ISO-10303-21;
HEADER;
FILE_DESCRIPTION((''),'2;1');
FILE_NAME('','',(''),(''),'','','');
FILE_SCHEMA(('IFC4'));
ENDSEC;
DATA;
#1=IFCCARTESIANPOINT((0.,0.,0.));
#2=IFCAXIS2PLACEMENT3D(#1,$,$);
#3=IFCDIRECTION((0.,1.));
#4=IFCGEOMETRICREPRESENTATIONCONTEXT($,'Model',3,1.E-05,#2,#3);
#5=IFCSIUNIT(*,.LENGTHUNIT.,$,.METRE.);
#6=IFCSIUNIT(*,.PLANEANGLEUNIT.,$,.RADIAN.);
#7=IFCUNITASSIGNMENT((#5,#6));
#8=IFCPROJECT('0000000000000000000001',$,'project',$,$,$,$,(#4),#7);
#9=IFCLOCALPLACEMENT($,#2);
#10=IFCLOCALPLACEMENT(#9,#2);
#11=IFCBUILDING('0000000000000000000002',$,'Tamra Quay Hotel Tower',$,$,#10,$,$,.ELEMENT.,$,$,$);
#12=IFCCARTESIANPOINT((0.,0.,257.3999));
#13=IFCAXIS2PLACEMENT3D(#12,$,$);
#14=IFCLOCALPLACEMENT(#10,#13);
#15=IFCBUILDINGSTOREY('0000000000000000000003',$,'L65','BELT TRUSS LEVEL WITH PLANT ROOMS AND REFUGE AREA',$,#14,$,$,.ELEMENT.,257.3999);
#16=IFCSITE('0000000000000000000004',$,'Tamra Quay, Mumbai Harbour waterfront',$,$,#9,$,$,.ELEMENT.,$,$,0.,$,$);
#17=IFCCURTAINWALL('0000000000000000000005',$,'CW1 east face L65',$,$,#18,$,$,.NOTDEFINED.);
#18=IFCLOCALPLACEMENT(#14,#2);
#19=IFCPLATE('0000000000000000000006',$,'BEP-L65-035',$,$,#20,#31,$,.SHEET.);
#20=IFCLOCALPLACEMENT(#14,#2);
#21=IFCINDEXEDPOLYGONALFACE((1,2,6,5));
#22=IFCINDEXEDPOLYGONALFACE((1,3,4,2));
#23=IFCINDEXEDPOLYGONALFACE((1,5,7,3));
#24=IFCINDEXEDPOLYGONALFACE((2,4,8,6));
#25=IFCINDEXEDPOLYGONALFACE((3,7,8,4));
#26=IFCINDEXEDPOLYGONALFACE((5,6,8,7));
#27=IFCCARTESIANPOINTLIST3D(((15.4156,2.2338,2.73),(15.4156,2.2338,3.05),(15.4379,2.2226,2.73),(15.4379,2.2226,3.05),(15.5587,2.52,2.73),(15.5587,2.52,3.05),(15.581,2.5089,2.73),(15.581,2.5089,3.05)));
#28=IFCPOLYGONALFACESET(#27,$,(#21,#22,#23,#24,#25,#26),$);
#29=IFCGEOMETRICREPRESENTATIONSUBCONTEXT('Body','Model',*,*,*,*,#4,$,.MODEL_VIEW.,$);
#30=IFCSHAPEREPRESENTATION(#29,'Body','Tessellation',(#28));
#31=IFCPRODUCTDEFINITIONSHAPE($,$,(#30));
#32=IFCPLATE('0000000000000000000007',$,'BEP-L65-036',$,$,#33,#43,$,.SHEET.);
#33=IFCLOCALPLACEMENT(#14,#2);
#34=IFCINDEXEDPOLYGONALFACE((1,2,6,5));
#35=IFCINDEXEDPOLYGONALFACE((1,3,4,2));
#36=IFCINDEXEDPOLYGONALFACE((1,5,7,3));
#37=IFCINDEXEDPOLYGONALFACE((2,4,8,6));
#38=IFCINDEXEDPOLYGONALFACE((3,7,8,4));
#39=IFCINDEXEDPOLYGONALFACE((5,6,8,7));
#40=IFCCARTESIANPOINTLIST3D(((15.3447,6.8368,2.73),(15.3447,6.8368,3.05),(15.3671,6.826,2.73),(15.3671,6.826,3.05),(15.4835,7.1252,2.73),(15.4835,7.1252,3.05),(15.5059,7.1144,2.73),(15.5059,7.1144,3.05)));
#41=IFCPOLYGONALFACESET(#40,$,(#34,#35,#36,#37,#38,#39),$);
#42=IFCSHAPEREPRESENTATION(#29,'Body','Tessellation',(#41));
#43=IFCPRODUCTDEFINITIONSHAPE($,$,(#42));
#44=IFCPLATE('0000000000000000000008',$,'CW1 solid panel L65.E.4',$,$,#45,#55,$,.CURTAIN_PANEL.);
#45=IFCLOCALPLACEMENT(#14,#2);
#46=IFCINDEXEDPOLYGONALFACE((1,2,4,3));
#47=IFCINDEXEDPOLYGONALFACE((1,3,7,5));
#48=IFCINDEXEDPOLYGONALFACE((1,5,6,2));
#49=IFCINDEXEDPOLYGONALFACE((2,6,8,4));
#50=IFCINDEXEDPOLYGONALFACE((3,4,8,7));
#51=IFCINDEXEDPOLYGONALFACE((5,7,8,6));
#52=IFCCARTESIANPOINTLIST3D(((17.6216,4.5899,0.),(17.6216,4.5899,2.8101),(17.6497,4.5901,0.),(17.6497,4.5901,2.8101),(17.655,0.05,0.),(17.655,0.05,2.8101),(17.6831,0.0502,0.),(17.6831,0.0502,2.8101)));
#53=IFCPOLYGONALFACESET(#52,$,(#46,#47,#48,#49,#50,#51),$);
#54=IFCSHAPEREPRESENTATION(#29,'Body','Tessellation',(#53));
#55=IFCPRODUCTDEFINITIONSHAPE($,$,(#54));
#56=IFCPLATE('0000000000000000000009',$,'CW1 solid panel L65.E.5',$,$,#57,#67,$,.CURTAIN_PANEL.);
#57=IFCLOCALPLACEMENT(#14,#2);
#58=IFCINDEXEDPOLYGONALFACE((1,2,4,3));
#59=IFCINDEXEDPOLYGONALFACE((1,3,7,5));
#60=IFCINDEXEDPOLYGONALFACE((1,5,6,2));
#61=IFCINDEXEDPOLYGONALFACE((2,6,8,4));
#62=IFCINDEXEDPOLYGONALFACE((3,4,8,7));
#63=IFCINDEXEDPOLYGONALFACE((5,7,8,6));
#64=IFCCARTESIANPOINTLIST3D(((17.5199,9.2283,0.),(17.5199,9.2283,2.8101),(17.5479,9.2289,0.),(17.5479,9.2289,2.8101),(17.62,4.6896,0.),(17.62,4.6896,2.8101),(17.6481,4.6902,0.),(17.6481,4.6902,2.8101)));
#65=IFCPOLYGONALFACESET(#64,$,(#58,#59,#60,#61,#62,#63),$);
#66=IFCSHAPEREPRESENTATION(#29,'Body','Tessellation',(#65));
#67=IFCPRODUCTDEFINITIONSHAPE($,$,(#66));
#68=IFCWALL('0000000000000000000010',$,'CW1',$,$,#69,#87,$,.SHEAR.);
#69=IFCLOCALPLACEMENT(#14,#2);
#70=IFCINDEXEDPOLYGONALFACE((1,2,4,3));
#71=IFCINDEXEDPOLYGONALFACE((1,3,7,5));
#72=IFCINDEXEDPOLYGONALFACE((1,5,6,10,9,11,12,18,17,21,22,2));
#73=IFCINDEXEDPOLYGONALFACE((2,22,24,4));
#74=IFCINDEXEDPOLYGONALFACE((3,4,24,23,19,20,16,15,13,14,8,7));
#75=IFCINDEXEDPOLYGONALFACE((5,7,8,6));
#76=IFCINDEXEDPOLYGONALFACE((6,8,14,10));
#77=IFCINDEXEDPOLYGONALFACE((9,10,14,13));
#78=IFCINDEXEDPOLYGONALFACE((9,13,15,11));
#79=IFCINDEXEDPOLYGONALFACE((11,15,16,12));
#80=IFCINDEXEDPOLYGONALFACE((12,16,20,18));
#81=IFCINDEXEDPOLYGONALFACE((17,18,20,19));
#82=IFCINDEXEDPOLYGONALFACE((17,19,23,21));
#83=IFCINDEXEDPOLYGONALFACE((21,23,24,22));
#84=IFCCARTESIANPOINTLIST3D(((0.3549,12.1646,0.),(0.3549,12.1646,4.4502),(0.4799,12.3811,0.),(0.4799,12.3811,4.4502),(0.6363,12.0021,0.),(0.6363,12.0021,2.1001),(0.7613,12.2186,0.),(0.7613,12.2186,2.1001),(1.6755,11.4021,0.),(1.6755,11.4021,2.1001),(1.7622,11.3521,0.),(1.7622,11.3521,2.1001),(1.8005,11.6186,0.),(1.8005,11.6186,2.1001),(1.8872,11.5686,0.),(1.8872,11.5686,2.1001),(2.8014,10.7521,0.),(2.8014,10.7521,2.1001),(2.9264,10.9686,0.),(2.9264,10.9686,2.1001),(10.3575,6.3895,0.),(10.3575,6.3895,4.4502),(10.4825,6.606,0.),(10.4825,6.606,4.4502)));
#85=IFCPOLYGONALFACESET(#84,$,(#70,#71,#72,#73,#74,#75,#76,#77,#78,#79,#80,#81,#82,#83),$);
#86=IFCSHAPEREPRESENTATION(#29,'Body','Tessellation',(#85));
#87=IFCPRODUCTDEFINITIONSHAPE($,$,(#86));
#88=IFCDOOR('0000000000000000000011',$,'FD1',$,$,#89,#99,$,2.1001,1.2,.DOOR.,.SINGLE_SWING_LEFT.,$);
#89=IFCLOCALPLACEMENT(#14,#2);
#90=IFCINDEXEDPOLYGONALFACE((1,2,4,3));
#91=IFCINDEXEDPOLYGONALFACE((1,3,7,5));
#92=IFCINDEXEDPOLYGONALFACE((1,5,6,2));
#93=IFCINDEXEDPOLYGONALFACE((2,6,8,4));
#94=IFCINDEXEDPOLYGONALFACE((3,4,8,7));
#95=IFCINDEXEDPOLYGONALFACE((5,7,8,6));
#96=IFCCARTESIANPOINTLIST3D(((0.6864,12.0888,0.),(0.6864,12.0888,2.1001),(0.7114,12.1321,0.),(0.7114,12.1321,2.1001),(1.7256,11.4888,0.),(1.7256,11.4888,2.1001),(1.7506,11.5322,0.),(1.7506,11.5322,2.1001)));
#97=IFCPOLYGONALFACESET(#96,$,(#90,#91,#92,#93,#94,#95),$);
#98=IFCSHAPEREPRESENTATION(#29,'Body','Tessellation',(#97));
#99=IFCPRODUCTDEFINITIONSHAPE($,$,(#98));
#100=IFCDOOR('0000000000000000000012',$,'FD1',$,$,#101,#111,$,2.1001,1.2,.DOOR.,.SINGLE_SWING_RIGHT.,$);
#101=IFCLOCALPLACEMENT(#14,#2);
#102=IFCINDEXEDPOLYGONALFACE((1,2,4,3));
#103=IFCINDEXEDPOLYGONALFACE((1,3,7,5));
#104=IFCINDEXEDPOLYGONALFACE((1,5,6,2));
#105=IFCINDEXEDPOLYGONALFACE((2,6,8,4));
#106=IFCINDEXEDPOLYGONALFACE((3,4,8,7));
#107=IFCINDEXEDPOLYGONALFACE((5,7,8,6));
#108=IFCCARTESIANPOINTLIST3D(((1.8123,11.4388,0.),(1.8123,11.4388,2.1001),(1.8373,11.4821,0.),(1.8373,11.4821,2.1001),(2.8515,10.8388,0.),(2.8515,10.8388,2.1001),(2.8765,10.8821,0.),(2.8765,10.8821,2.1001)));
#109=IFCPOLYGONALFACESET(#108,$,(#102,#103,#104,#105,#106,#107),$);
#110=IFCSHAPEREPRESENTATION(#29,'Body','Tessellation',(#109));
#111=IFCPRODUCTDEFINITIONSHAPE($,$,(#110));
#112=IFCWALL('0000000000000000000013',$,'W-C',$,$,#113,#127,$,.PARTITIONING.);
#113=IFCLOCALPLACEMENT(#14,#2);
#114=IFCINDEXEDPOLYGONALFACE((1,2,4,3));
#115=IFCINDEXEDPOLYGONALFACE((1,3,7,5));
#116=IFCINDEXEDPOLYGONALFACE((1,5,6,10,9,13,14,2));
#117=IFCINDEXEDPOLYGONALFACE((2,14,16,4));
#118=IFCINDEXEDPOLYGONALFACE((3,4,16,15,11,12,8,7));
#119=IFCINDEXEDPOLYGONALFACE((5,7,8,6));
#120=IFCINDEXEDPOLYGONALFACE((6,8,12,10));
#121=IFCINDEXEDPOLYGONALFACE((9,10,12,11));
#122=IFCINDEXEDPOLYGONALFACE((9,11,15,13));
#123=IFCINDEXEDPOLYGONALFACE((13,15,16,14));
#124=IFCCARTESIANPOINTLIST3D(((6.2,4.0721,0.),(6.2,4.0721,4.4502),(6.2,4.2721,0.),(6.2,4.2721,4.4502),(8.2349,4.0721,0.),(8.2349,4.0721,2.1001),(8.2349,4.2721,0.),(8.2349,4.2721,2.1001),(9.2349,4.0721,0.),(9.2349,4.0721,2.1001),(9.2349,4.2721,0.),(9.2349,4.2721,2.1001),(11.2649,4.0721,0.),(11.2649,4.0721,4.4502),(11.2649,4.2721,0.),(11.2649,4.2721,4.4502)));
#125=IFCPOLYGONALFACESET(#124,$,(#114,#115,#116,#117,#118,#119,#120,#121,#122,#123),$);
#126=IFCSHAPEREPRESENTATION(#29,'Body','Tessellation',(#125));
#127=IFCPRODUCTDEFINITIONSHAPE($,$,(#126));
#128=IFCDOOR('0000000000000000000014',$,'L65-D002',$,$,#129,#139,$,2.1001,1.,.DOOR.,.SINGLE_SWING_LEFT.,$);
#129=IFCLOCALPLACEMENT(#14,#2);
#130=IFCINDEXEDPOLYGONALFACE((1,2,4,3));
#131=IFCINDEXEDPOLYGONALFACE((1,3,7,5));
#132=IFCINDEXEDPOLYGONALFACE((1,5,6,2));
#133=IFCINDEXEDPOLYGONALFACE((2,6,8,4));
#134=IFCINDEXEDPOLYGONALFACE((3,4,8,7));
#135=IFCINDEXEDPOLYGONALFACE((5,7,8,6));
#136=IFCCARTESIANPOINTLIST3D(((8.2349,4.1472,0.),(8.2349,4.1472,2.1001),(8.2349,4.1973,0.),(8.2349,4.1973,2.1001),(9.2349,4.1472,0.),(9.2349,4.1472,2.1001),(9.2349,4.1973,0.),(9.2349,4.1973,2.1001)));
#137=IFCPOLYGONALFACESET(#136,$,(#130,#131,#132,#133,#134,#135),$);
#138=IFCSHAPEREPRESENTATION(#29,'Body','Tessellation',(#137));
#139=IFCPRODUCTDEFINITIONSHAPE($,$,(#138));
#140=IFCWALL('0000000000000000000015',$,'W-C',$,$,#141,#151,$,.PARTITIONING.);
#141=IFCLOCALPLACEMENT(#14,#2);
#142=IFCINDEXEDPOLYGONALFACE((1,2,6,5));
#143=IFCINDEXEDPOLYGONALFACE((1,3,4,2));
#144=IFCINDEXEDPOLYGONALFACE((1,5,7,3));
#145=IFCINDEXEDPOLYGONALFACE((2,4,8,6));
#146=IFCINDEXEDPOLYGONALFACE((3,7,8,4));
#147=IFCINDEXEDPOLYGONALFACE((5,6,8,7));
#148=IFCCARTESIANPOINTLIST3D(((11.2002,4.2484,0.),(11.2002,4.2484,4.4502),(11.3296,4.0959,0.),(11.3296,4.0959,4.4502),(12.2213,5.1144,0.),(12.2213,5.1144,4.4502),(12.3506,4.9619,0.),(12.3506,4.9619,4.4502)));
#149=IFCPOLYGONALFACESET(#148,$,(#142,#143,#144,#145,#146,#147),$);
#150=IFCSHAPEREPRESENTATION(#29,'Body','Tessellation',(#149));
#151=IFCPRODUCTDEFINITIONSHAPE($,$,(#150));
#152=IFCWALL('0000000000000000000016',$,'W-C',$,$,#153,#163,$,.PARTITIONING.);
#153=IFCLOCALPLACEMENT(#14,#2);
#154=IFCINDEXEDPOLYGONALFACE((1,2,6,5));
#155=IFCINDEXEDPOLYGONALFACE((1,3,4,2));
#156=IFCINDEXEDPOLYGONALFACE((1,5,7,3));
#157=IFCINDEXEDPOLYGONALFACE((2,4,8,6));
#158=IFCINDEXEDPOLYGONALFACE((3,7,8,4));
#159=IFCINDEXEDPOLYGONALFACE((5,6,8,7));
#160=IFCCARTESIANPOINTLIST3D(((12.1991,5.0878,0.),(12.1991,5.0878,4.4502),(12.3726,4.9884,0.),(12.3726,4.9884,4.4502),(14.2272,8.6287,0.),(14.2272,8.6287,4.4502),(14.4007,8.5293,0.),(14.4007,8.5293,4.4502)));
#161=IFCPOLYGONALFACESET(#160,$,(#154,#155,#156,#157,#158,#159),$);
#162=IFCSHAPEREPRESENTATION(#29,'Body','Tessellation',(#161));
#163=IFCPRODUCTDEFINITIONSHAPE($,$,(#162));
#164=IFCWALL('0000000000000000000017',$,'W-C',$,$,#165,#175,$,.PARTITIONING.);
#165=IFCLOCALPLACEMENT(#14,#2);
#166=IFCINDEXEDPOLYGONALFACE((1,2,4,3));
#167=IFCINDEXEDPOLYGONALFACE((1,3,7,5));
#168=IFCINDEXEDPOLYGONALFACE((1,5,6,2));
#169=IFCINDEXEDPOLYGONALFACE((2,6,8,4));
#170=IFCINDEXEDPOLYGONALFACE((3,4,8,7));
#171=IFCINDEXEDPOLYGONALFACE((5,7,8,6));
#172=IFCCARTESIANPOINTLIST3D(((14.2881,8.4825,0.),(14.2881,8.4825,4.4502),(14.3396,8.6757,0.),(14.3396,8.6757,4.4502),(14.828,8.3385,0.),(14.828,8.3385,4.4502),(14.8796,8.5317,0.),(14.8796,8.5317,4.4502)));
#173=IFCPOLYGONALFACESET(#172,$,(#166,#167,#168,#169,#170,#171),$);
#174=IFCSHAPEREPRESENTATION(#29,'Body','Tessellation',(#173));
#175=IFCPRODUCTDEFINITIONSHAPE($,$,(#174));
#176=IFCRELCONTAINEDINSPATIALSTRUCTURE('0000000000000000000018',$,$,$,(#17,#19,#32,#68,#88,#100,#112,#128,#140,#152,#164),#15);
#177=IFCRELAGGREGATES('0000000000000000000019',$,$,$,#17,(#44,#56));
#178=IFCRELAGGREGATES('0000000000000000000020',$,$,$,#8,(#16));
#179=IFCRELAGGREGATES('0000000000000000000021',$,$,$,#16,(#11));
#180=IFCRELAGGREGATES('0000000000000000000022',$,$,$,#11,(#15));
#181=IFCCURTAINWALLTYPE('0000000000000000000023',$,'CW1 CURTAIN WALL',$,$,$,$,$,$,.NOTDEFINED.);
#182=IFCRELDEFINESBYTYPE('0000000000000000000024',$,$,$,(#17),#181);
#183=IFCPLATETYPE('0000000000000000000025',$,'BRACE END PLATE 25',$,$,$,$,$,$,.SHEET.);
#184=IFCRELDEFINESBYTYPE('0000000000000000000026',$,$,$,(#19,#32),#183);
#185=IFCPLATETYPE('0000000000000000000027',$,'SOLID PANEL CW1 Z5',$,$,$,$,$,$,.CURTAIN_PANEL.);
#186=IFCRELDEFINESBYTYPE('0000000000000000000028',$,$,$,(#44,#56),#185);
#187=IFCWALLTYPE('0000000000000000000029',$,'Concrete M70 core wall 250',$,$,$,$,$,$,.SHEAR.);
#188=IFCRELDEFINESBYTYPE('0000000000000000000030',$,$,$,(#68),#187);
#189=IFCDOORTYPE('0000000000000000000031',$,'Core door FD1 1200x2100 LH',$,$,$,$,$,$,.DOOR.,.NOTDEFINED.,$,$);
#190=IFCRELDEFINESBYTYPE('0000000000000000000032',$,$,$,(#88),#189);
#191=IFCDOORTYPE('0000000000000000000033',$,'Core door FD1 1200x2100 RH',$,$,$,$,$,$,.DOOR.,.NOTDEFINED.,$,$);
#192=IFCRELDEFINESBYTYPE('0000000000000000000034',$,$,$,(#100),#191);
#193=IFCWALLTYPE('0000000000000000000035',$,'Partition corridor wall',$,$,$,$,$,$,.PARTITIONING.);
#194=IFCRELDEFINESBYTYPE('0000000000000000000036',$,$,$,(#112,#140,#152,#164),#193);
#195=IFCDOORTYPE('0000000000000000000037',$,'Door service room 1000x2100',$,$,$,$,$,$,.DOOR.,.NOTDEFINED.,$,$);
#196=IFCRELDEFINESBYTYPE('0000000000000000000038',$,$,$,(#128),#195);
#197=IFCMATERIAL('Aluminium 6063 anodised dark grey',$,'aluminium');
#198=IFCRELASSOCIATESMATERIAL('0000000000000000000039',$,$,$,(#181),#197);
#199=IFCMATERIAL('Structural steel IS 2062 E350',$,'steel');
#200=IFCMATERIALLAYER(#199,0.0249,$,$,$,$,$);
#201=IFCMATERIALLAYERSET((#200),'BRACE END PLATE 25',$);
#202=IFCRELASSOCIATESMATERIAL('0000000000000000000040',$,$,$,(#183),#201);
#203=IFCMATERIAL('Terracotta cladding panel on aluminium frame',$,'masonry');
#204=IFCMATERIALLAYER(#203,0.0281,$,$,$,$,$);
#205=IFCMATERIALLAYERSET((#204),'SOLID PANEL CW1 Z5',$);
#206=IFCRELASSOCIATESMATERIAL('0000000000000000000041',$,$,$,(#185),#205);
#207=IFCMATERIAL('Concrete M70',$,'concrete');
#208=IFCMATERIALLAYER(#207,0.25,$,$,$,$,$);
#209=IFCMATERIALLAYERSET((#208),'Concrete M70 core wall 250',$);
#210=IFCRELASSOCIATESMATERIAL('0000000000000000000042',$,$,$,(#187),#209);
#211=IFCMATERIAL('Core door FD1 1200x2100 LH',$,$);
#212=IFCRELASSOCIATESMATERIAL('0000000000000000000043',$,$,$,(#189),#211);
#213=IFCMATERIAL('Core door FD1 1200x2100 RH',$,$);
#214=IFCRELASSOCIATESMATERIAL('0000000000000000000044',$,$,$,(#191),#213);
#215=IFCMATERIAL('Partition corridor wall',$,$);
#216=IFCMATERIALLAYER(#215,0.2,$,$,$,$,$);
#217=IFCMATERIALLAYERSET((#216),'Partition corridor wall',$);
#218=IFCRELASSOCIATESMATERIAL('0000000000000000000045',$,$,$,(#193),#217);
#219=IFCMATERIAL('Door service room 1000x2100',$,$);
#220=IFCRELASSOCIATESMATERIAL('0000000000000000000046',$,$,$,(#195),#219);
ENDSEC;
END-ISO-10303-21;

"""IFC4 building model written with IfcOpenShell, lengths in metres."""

from ifc_helpers import new_model, si_unit, direction, frame, frame_2d, origin, origin_2d, place, context, subcontext, project, spatial, rectangle, extrude, material, layer, layer_set, type_object, element, fill, aggregate, save


model = new_model("IFC4")

# Units and contexts
model_context = context("Model", 3, precision=1e-05, world=origin(), true_north=direction((0.0, 1.0)))
body_context = subcontext(model_context, "Body", "Model", "MODEL_VIEW")
ifc_project = project(units=[si_unit("LENGTHUNIT", "METRE"), si_unit("PLANEANGLEUNIT", "RADIAN")], contexts=[model_context])

# Site, building, storey
site_placement = place(None, origin())
site = spatial("IfcSite", under=ifc_project, at=site_placement, Name="Tamra Quay, Mumbai Harbour waterfront", CompositionType="ELEMENT", RefElevation=0.0)
building_placement = place(site_placement, origin())
building = spatial("IfcBuilding", under=site, at=building_placement, Name="Tamra Quay Hotel Tower", CompositionType="ELEMENT")
storey_placement = place(building_placement, frame((0.0, 0.0, 257.3999)))
storey = spatial("IfcBuildingStorey", under=building, at=storey_placement, Name="L65", Description="BELT TRUSS LEVEL WITH PLANT ROOMS AND REFUGE AREA", CompositionType="ELEMENT", Elevation=257.3999)

# Shared definitions
ifc_material_1 = material(Name="Structural steel IS 2062 E350", Category="steel")

# Curtain wall
ifc_material_2 = material(Name="Aluminium 6063 anodised dark grey", Category="aluminium")
curtain_wall_type = type_object("IfcCurtainWallType", Name="CW1 CURTAIN WALL", PredefinedType="NOTDEFINED", material=ifc_material_2)
curtain_wall_placement = place(storey_placement, origin())
curtain_wall = element("IfcCurtainWall", 1, at=curtain_wall_placement, inside=storey, type_object=curtain_wall_type, Name="CW1 east face L65", PredefinedType="NOTDEFINED")

# Plates
ifc_layer_1 = layer(ifc_material_1, 0.0249)
ifc_layer_set_1 = layer_set([ifc_layer_1], Name="BRACE END PLATE 25")
plate_type_1 = type_object("IfcPlateType", Name="BRACE END PLATE 25", PredefinedType="SHEET", material=ifc_layer_set_1)
for number, where, z_axis, x_axis, name in (
    (2, (15.4983, 2.3713, 2.73), (0.0, 0.0, 1.0), (-0.894436, 0.447196, 0.0), "BEP-L65-035"),
    (3, (15.4253, 6.9756, 2.73), (0.0, 0.0, 1.0), (-0.901138, 0.433533, 0.0), "BEP-L65-036"),
):
    element("IfcPlate", number, at=place(storey_placement, frame(where, z_axis=z_axis, x_axis=x_axis)), inside=storey, type_object=plate_type_1, Name=name, PredefinedType="SHEET", context=body_context, shape_type="SweptSolid", body=[
        extrude(rectangle(XDim=0.0249, YDim=0.3201, at=origin_2d()), origin(), (0.0, 0.0, 1.0), 0.3201),
    ])

# Plates
ifc_material_3 = material(Name="Terracotta cladding panel on aluminium frame", Category="masonry")
ifc_layer_2 = layer(ifc_material_3, 0.0281)
ifc_layer_set_2 = layer_set([ifc_layer_2], Name="SOLID PANEL CW1 Z5")
plate_type_2 = type_object("IfcPlateType", Name="SOLID PANEL CW1 Z5", PredefinedType="CURTAIN_PANEL", material=ifc_layer_set_2)
plate_1_placement = place(storey_placement, frame((17.6523, 2.3201, 0.0), z_axis=(0.0, 0.0, 1.0), x_axis=(-0.007362, 0.999973, 0.0)))
plate_1 = element("IfcPlate", 4, at=plate_1_placement, type_object=plate_type_2, Name="CW1 solid panel L65.E.4", PredefinedType="CURTAIN_PANEL", context=body_context, shape_type="SweptSolid", body=[
    extrude(rectangle(XDim=4.54, YDim=0.0281, at=origin_2d()), origin(), (0.0, 0.0, 1.0), 2.8101),
])
plate_2_placement = place(storey_placement, frame((17.584, 6.9592, 0.0), z_axis=(0.0, 0.0, 1.0), x_axis=(-0.022063, 0.999757, 0.0)))
plate_2 = element("IfcPlate", 5, at=plate_2_placement, type_object=plate_type_2, Name="CW1 solid panel L65.E.5", PredefinedType="CURTAIN_PANEL", context=body_context, shape_type="SweptSolid", body=[
    extrude(rectangle(XDim=4.5398, YDim=0.0281, at=origin_2d()), origin(), (0.0, 0.0, 1.0), 2.8101),
])
aggregate(curtain_wall, [plate_1, plate_2])

# Wall, openings, doors
ifc_material_4 = material(Name="Concrete M70", Category="concrete")
ifc_layer_3 = layer(ifc_material_4, 0.25)
ifc_layer_set_3 = layer_set([ifc_layer_3], Name="Concrete M70 core wall 250")
wall_type_1 = type_object("IfcWallType", Name="Concrete M70 core wall 250", PredefinedType="SHEAR", material=ifc_layer_set_3)
wall_1_placement = place(storey_placement, frame((10.4199, 6.4978, 0.0), z_axis=(0.0, 0.0, 1.0), x_axis=(-0.866022, 0.500006, 0.0)))
wall_1 = element("IfcWall", 6, at=wall_1_placement, inside=storey, type_object=wall_type_1, Name="CW1", PredefinedType="SHEAR", context=body_context, shape_type="SweptSolid", body=[
    extrude(rectangle(XDim=11.55, YDim=0.25, at=frame_2d((5.7749, 0.0))), origin(), (0.0, 0.0, 1.0), 4.4502),
])
opening_1_placement = place(wall_1_placement, frame((10.0249, 0.0, 0.0)))
opening_1 = element("IfcOpeningElement", 7, at=opening_1_placement, cuts=wall_1, PredefinedType="OPENING", context=body_context, shape_type="SweptSolid", body=[
    extrude(rectangle(XDim=1.2, YDim=2.1001, at=frame_2d((0.6001, 1.05))), frame((0.0, 0.135, 0.0), z_axis=(0.0, -1.0, 0.0), x_axis=(1.0, 0.0, 0.0)), (0.0, 0.0, 1.0), 0.27),
])
opening_2_placement = place(wall_1_placement, frame((8.7249, 0.0, 0.0)))
opening_2 = element("IfcOpeningElement", 8, at=opening_2_placement, cuts=wall_1, PredefinedType="OPENING", context=body_context, shape_type="SweptSolid", body=[
    extrude(rectangle(XDim=1.2, YDim=2.1001, at=frame_2d((0.6001, 1.05))), frame((0.0, 0.135, 0.0), z_axis=(0.0, -1.0, 0.0), x_axis=(1.0, 0.0, 0.0)), (0.0, 0.0, 1.0), 0.27),
])
ifc_material_5 = material(Name="Core door FD1 1200x2100 LH")
door_type_1 = type_object("IfcDoorType", Name="Core door FD1 1200x2100 LH", OperationType="NOTDEFINED", PredefinedType="DOOR", material=ifc_material_5)
door_1_placement = place(opening_1_placement, origin())
door_1 = element("IfcDoor", 9, at=door_1_placement, inside=storey, type_object=door_type_1, Name="FD1", OperationType="SINGLE_SWING_LEFT", OverallHeight=2.1001, OverallWidth=1.2, PredefinedType="DOOR", context=body_context, shape_type="SweptSolid", body=[
    extrude(rectangle(XDim=1.2, YDim=2.1001, at=frame_2d((0.6001, 1.05))), frame((0.0, 0.0249, 0.0), z_axis=(0.0, -1.0, 0.0), x_axis=(1.0, 0.0, 0.0)), (0.0, 0.0, 1.0), 0.05),
])
fill(opening_1, door_1)
ifc_material_6 = material(Name="Core door FD1 1200x2100 RH")
door_type_2 = type_object("IfcDoorType", Name="Core door FD1 1200x2100 RH", OperationType="NOTDEFINED", PredefinedType="DOOR", material=ifc_material_6)
door_2_placement = place(opening_2_placement, origin())
door_2 = element("IfcDoor", 10, at=door_2_placement, inside=storey, type_object=door_type_2, Name="FD1", OperationType="SINGLE_SWING_RIGHT", OverallHeight=2.1001, OverallWidth=1.2, PredefinedType="DOOR", context=body_context, shape_type="SweptSolid", body=[
    extrude(rectangle(XDim=1.2, YDim=2.1001, at=frame_2d((0.6001, 1.05))), frame((0.0, 0.0249, 0.0), z_axis=(0.0, -1.0, 0.0), x_axis=(1.0, 0.0, 0.0)), (0.0, 0.0, 1.0), 0.05),
])
fill(opening_2, door_2)

# Wall, opening, door
ifc_material_7 = material(Name="Partition corridor wall")
ifc_layer_4 = layer(ifc_material_7, 0.2)
ifc_layer_set_4 = layer_set([ifc_layer_4], Name="Partition corridor wall")
wall_type_2 = type_object("IfcWallType", Name="Partition corridor wall", PredefinedType="PARTITIONING", material=ifc_layer_set_4)
wall_2_placement = place(storey_placement, frame((6.2, 4.1721, 0.0), z_axis=(0.0, 0.0, 1.0), x_axis=(1.0, 0.0, 0.0)))
wall_2 = element("IfcWall", 11, at=wall_2_placement, inside=storey, type_object=wall_type_2, Name="W-C", PredefinedType="PARTITIONING", context=body_context, shape_type="SweptSolid", body=[
    extrude(rectangle(XDim=5.0649, YDim=0.2, at=frame_2d((2.5325, 0.0))), origin(), (0.0, 0.0, 1.0), 4.4502),
])
opening_3_placement = place(wall_2_placement, frame((2.0349, 0.0, 0.0)))
opening_3 = element("IfcOpeningElement", 12, at=opening_3_placement, cuts=wall_2, PredefinedType="OPENING", context=body_context, shape_type="SweptSolid", body=[
    extrude(rectangle(XDim=1.0, YDim=2.1001, at=frame_2d((0.5, 1.05))), frame((0.0, 0.1099, 0.0), z_axis=(0.0, -1.0, 0.0), x_axis=(1.0, 0.0, 0.0)), (0.0, 0.0, 1.0), 0.22),
])
ifc_material_8 = material(Name="Door service room 1000x2100")
door_type_3 = type_object("IfcDoorType", Name="Door service room 1000x2100", OperationType="NOTDEFINED", PredefinedType="DOOR", material=ifc_material_8)
door_3_placement = place(opening_3_placement, frame((1.0, 0.0, 0.0), z_axis=(0.0, 0.0, 1.0), x_axis=(-1.0, 0.0, 0.0)))
door_3 = element("IfcDoor", 13, at=door_3_placement, inside=storey, type_object=door_type_3, Name="L65-D002", OperationType="SINGLE_SWING_LEFT", OverallHeight=2.1001, OverallWidth=1.0, PredefinedType="DOOR", context=body_context, shape_type="SweptSolid", body=[
    extrude(rectangle(XDim=1.0, YDim=2.1001, at=frame_2d((0.5, 1.05))), frame((0.0, 0.0249, 0.0), z_axis=(0.0, -1.0, 0.0), x_axis=(1.0, 0.0, 0.0)), (0.0, 0.0, 1.0), 0.05),
])
fill(opening_3, door_3)

# Walls
wall_3_placement = place(storey_placement, frame((11.2649, 4.1721, 0.0), z_axis=(0.0, 0.0, 1.0), x_axis=(0.762632, 0.646833, 0.0)))
element("IfcWall", 14, at=wall_3_placement, inside=storey, type_object=wall_type_2, Name="W-C", PredefinedType="PARTITIONING", context=body_context, shape_type="SweptSolid", body=[
    extrude(rectangle(XDim=1.3389, YDim=0.2, at=frame_2d((0.6694, 0.0))), origin(), (0.0, 0.0, 1.0), 4.4502),
])
wall_4_placement = place(storey_placement, frame((12.2859, 5.0381, 0.0), z_axis=(0.0, 0.0, 1.0), x_axis=(0.496996, 0.867753, 0.0)))
element("IfcWall", 15, at=wall_4_placement, inside=storey, type_object=wall_type_2, Name="W-C", PredefinedType="PARTITIONING", context=body_context, shape_type="SweptSolid", body=[
    extrude(rectangle(XDim=4.0806, YDim=0.2, at=frame_2d((2.0403, 0.0))), origin(), (0.0, 0.0, 1.0), 4.4502),
])
wall_5_placement = place(storey_placement, frame((14.314, 8.5791, 0.0), z_axis=(0.0, 0.0, 1.0), x_axis=(0.96622, -0.257717, 0.0)))
element("IfcWall", 16, at=wall_5_placement, inside=storey, type_object=wall_type_2, Name="W-C", PredefinedType="PARTITIONING", context=body_context, shape_type="SweptSolid", body=[
    extrude(rectangle(XDim=0.5588, YDim=0.2, at=frame_2d((0.2793, 0.0))), origin(), (0.0, 0.0, 1.0), 4.4502),
])

save(model, "model.ifc")
